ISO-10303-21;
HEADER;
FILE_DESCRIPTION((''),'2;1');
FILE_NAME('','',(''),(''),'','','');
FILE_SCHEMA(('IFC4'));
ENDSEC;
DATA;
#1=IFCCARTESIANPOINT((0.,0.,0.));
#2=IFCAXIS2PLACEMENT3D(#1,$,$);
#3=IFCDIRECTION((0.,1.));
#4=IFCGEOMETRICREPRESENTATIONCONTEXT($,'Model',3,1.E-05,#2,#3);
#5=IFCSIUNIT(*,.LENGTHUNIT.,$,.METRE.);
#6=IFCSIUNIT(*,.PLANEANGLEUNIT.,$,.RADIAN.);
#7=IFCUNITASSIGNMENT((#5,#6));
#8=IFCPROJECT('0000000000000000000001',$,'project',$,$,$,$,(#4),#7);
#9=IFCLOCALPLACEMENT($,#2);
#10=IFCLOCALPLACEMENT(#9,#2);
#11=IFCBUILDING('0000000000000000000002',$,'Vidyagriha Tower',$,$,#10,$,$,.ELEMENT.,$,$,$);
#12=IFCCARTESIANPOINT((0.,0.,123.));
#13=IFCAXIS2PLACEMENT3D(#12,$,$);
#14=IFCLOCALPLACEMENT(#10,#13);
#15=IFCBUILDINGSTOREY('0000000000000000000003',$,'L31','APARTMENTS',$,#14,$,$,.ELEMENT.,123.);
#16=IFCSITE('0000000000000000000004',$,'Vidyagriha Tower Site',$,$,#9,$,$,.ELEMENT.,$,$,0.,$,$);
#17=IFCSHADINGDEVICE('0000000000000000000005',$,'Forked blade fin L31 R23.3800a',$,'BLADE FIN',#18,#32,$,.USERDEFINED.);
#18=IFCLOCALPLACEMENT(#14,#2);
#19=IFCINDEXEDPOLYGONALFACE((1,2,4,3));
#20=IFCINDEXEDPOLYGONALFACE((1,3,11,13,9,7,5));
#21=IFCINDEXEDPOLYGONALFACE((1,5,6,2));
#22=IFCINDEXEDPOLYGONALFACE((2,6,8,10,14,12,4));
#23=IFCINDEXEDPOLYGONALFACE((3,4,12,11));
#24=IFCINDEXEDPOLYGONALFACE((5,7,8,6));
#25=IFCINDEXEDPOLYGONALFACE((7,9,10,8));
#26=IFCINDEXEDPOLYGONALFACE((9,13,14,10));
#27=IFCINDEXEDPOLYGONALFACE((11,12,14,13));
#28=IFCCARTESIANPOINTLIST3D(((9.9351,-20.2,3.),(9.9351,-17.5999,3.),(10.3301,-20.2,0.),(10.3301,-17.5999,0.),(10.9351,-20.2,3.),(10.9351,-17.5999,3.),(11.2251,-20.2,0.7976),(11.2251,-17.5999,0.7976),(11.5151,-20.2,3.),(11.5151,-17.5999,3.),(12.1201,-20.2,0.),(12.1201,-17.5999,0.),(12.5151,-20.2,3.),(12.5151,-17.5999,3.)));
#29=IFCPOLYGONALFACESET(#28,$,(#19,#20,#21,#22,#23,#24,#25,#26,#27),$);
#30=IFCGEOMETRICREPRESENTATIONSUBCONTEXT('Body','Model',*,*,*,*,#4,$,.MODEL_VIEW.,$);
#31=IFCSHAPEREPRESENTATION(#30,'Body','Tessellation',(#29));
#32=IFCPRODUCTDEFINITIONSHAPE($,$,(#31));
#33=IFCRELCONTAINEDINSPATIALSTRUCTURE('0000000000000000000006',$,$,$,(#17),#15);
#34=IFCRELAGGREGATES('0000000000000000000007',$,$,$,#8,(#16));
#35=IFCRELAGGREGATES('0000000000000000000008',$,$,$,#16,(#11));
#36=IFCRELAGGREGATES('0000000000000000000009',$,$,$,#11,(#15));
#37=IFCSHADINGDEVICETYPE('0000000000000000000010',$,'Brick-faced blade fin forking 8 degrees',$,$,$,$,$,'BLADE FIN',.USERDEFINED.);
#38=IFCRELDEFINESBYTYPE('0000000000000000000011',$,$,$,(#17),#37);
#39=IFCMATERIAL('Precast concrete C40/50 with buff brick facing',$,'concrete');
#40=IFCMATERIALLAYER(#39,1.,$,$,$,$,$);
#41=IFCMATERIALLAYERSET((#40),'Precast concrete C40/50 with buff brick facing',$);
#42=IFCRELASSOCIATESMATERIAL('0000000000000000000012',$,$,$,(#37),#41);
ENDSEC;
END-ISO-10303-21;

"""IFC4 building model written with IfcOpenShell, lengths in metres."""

from ifc_helpers import new_model, si_unit, direction, frame, origin, place, context, subcontext, project, spatial, polyline, outline, extrude, material, layer, layer_set, type_object, element, save


model = new_model("IFC4")

# Units and contexts
model_context = context("Model", 3, precision=1e-05, world=origin(), true_north=direction((0.0, 1.0)))
body_context = subcontext(model_context, "Body", "Model", "MODEL_VIEW")
ifc_project = project(units=[si_unit("LENGTHUNIT", "METRE"), si_unit("PLANEANGLEUNIT", "RADIAN")], contexts=[model_context])

# Site, building, storey
site_placement = place(None, origin())
site = spatial("IfcSite", under=ifc_project, at=site_placement, Name="Vidyagriha Tower Site", CompositionType="ELEMENT", RefElevation=0.0)
building_placement = place(site_placement, origin())
building = spatial("IfcBuilding", under=site, at=building_placement, Name="Vidyagriha Tower", CompositionType="ELEMENT")
storey_placement = place(building_placement, frame((0.0, 0.0, 123.0)))
storey = spatial("IfcBuildingStorey", under=building, at=storey_placement, Name="L31", Description="APARTMENTS", CompositionType="ELEMENT", Elevation=123.0)

# Shading device
ifc_material_1 = material(Name="Precast concrete C40/50 with buff brick facing", Category="concrete")
ifc_layer_1 = layer(ifc_material_1, 1.0)
ifc_layer_set_1 = layer_set([ifc_layer_1], Name="Precast concrete C40/50 with buff brick facing")
shading_device_type_1 = type_object("IfcShadingDeviceType", Name="Brick-faced blade fin forking 8 degrees", ElementType="BLADE FIN", PredefinedType="USERDEFINED", material=ifc_layer_set_1)
shading_device_1_placement = place(storey_placement, frame((9.9351, -18.8999, 0.0)))
element("IfcShadingDevice", 1, at=shading_device_1_placement, inside=storey, type_object=shading_device_type_1, Name="Forked blade fin L31 R23.3800a", ObjectType="BLADE FIN", PredefinedType="USERDEFINED", context=body_context, shape_type="SweptSolid", body=[
    extrude(outline(polyline([(0.395, 0.0), (2.1851, 0.0), (2.5801, 3.0), (1.5801, 3.0), (1.29, 0.7976), (1.0, 3.0), (0.0, 3.0), (0.395, 0.0)])), frame((0.0, 1.3, 0.0), z_axis=(0.0, -1.0, 0.0), x_axis=(1.0, 0.0, 0.0)), (0.0, 0.0, 1.0), 2.6001),
])

save(model, "model.ifc")
